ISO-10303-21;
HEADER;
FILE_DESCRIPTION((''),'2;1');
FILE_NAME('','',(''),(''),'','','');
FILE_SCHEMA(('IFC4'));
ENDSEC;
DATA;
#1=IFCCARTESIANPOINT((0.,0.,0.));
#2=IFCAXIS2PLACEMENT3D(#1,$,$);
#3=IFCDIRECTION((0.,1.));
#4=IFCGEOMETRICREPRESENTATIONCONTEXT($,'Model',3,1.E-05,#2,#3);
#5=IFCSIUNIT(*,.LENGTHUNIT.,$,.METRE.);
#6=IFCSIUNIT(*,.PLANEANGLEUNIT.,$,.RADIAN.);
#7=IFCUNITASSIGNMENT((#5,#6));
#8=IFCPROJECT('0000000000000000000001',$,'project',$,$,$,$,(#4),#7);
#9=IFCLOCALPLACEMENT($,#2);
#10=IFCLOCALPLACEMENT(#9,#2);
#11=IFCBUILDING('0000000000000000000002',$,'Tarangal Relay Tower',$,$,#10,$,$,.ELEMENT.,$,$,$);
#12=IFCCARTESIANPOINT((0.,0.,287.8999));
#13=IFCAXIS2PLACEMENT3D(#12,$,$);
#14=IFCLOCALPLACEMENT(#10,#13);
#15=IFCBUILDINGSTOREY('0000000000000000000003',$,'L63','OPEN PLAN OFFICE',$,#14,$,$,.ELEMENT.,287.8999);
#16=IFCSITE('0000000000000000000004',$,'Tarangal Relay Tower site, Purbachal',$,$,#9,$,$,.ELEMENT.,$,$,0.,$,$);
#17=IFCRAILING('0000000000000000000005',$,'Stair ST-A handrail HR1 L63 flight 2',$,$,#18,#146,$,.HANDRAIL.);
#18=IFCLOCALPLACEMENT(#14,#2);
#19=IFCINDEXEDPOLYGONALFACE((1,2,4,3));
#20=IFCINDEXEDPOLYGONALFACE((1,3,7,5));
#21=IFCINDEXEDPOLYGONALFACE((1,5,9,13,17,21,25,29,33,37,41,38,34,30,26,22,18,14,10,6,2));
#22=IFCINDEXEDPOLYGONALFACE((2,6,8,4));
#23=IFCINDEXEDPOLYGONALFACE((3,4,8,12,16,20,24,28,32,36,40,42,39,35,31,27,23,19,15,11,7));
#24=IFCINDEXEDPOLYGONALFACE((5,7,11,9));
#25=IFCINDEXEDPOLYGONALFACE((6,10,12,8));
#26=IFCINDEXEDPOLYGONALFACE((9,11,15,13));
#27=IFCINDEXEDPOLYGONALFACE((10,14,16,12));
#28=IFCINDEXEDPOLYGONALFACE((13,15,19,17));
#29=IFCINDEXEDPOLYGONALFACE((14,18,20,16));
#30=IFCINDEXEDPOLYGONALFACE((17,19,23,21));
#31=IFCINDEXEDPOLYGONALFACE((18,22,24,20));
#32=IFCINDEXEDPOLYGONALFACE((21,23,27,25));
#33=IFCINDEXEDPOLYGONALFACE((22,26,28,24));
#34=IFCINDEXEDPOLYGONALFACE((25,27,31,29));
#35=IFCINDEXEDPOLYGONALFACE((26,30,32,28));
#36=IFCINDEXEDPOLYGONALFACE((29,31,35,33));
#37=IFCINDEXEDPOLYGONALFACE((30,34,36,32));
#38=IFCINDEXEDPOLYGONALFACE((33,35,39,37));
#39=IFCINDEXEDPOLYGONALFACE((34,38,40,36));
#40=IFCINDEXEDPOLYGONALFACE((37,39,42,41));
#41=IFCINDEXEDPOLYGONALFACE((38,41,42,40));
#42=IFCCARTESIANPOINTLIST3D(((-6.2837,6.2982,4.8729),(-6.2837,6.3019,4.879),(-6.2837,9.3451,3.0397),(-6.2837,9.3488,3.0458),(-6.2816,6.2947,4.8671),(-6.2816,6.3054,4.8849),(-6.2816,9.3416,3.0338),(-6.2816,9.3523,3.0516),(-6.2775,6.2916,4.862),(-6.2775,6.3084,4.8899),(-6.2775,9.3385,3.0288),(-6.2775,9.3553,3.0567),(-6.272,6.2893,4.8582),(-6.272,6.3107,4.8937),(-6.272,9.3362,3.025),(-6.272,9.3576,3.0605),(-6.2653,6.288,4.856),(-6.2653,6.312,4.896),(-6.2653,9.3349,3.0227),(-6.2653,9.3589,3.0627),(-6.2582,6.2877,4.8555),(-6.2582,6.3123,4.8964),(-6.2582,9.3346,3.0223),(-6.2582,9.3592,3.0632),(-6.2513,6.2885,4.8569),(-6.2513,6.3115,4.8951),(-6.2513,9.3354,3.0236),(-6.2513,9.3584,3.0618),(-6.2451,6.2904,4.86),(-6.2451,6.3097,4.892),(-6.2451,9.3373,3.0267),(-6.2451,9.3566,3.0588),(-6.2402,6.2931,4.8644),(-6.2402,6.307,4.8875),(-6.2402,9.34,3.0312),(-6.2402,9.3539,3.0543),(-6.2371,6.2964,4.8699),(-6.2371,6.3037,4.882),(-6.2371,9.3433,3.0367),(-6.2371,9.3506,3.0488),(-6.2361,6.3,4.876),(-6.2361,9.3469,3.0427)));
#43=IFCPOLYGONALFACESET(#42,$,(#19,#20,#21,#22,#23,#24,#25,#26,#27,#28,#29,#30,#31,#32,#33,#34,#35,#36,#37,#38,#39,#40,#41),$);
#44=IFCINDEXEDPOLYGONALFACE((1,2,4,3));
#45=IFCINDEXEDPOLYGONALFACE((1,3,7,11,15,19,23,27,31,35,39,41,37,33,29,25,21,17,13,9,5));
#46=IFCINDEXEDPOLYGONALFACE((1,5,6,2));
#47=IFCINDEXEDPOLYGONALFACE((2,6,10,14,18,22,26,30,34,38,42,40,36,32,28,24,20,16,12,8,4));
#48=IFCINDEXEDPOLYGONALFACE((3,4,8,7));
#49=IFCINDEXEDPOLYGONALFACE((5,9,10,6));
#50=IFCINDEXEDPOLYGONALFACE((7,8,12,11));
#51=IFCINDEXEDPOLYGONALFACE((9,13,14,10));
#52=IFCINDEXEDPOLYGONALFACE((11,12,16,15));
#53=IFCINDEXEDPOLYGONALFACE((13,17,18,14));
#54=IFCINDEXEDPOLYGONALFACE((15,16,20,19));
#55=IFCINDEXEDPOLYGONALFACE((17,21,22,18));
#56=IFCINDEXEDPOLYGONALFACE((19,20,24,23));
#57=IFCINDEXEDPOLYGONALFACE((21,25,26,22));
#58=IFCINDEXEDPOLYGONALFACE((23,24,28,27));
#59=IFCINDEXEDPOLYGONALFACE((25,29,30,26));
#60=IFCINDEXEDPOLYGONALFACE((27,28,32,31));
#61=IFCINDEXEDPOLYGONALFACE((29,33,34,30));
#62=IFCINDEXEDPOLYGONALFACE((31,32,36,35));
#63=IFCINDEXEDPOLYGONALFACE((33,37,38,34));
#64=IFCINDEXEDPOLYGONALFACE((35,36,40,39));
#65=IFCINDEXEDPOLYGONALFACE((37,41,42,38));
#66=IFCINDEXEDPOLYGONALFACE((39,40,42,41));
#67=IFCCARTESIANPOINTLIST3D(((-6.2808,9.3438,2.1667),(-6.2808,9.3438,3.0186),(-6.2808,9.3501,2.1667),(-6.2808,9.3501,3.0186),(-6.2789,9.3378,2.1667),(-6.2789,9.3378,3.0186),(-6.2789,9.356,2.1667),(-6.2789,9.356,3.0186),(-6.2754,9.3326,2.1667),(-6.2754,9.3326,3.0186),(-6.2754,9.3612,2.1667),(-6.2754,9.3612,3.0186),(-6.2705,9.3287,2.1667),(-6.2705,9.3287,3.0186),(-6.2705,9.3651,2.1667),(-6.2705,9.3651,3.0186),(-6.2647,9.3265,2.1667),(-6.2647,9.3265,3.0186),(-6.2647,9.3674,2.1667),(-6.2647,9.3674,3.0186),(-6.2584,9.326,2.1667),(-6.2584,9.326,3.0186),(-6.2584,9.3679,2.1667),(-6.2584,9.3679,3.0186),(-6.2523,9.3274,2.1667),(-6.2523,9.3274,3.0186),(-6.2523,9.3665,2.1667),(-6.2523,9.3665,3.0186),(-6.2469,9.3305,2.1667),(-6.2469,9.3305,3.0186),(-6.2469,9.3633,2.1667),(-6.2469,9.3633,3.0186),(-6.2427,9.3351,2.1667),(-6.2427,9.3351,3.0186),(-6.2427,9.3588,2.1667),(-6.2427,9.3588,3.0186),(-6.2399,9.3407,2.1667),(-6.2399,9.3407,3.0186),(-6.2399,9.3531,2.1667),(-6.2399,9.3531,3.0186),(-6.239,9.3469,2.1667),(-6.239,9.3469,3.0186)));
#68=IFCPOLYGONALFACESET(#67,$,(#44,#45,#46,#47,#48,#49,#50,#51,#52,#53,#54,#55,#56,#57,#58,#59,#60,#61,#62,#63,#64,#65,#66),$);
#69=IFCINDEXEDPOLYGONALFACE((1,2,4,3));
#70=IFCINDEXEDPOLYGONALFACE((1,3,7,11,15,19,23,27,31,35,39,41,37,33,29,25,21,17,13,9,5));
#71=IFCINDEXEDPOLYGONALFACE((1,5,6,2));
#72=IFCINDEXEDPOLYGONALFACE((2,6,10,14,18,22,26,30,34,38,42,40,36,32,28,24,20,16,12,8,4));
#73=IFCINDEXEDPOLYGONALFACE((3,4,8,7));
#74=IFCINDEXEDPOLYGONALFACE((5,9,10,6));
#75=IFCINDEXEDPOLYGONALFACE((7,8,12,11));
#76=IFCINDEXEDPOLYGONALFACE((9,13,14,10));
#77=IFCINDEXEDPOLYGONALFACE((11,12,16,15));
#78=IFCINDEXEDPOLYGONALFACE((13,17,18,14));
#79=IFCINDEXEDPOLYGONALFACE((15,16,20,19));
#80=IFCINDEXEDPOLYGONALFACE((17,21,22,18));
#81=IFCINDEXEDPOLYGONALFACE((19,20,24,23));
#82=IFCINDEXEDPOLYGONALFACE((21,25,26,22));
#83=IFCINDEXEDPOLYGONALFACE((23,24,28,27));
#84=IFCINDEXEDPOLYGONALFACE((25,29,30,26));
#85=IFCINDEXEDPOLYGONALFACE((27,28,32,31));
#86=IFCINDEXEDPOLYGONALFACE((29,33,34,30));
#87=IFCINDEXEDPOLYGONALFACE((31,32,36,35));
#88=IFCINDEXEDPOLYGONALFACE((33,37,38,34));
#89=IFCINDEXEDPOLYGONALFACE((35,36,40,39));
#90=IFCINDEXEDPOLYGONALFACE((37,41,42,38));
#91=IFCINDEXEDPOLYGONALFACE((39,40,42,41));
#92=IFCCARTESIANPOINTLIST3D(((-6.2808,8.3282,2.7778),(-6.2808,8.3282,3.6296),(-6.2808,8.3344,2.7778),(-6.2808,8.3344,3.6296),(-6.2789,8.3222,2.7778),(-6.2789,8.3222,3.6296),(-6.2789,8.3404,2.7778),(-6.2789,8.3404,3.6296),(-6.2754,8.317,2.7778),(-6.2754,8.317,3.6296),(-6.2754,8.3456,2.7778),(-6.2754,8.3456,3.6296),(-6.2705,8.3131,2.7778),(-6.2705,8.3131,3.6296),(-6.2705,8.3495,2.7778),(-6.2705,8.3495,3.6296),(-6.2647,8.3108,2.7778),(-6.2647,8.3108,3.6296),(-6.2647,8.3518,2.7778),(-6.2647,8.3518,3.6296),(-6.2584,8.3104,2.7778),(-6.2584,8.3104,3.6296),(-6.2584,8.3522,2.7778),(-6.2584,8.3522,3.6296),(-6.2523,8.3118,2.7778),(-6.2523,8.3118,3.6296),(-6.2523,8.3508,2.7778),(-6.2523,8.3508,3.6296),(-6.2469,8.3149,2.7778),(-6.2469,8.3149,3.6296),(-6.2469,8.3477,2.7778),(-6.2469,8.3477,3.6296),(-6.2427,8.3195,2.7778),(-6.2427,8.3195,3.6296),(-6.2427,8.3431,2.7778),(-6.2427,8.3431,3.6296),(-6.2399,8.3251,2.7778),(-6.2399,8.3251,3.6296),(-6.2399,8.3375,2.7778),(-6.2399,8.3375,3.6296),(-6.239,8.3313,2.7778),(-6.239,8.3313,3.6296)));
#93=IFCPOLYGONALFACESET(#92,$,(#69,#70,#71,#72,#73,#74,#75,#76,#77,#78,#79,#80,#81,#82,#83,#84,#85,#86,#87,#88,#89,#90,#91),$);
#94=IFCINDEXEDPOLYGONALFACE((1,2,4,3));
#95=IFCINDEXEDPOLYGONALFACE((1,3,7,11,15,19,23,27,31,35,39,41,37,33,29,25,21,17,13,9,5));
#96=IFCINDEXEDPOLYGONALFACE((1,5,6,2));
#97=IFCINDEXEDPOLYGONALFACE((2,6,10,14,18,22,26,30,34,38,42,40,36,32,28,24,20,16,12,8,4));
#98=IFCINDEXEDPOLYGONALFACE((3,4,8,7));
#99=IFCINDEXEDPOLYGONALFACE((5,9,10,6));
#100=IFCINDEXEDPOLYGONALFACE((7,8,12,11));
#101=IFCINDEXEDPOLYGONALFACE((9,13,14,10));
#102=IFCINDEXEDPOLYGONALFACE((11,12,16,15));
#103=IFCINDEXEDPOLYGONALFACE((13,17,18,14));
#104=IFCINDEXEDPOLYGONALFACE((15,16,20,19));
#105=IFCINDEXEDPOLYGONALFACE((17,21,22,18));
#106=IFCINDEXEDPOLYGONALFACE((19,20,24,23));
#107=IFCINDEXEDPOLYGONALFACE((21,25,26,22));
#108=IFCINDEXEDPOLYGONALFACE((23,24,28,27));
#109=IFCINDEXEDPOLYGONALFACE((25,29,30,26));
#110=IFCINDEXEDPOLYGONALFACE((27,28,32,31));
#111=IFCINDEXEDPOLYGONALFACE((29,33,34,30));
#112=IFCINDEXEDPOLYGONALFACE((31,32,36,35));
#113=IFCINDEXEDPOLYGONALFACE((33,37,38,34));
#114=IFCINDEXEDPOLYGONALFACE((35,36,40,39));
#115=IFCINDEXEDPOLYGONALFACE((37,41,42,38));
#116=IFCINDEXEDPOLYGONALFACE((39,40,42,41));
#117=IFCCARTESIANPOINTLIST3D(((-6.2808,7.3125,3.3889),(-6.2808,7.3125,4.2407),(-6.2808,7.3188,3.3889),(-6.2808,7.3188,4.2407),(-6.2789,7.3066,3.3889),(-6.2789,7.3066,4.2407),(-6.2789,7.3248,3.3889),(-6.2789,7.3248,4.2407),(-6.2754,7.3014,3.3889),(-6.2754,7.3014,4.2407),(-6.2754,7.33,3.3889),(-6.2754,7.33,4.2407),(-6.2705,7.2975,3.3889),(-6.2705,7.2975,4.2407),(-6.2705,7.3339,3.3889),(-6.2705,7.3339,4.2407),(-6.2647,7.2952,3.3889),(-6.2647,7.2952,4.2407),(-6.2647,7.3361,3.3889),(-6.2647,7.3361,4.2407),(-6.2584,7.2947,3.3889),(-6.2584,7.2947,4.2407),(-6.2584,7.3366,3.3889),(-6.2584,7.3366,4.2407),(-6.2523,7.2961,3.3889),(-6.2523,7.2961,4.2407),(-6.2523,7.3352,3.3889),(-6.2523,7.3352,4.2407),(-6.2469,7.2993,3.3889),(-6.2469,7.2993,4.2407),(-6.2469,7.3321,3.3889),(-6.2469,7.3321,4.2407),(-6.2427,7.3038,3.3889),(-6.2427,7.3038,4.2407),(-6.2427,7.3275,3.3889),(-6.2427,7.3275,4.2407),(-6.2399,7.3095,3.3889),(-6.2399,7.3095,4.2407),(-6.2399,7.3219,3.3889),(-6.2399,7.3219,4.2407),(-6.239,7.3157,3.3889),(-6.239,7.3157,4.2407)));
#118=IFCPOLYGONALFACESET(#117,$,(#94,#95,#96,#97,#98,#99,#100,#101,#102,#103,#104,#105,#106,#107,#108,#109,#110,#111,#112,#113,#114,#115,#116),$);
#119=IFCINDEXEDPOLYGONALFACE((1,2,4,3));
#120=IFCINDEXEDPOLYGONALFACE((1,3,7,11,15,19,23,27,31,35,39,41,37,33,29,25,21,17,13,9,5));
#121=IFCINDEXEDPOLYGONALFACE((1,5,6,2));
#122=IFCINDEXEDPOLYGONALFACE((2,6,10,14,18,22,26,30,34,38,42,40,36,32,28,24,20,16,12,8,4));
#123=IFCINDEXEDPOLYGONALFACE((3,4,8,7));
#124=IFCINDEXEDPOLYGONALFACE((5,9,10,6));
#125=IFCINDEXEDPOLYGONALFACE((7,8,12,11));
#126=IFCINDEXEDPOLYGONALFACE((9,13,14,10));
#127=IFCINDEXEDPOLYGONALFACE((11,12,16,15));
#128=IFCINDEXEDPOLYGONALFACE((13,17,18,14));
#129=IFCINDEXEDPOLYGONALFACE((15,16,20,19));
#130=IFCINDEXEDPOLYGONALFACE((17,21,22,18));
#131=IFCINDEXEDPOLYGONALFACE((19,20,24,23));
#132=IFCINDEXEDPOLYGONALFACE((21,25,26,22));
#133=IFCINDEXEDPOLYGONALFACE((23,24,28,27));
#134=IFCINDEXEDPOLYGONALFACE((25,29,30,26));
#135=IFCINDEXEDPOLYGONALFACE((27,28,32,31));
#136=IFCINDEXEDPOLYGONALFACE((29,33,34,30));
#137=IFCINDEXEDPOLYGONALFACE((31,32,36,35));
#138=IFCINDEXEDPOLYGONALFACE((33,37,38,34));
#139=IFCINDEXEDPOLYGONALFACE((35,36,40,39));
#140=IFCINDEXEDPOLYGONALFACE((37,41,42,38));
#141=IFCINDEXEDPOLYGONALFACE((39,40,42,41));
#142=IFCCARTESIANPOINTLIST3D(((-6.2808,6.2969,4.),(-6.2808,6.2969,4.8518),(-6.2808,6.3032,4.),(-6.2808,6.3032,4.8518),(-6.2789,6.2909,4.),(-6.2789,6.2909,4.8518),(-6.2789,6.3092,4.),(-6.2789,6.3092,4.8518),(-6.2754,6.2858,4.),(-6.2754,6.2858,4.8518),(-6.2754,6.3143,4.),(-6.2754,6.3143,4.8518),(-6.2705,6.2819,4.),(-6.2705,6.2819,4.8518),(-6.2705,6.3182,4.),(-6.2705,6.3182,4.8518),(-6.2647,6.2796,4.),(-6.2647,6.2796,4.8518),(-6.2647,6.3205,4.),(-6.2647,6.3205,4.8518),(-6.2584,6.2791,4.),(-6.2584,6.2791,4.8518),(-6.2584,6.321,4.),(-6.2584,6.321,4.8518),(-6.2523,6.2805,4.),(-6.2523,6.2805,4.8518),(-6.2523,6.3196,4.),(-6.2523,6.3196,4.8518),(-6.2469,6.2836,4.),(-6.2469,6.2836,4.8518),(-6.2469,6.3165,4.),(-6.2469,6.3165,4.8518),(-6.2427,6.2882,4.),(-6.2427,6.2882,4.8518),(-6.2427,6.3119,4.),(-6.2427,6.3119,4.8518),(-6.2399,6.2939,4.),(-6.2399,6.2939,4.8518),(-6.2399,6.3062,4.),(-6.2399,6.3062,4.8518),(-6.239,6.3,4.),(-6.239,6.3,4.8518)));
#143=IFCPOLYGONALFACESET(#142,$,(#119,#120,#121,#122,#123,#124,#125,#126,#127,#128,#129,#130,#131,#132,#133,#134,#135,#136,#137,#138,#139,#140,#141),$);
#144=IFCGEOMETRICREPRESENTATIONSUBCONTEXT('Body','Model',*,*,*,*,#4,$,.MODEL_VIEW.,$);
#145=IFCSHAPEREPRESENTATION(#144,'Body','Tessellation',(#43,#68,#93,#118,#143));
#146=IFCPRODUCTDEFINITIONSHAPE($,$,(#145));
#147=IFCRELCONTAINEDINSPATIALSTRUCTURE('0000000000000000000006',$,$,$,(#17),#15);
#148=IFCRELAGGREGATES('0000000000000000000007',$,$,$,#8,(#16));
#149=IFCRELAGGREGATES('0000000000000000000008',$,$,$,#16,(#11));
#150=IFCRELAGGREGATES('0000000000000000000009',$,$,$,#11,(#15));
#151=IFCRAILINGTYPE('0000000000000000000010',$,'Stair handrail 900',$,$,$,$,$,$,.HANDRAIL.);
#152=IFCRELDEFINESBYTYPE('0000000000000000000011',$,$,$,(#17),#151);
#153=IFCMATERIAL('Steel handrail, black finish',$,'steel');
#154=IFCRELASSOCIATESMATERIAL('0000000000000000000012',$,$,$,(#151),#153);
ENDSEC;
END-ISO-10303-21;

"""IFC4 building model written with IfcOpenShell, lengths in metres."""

from ifc_helpers import new_model, si_unit, direction, frame, origin, origin_2d, place, context, subcontext, project, spatial, circle, extrude, material, type_object, element, save


model = new_model("IFC4")

# Units and contexts
model_context = context("Model", 3, precision=1e-05, world=origin(), true_north=direction((0.0, 1.0)))
body_context = subcontext(model_context, "Body", "Model", "MODEL_VIEW")
ifc_project = project(units=[si_unit("LENGTHUNIT", "METRE"), si_unit("PLANEANGLEUNIT", "RADIAN")], contexts=[model_context])

# Site, building, storey
site_placement = place(None, origin())
site = spatial("IfcSite", under=ifc_project, at=site_placement, Name="Tarangal Relay Tower site, Purbachal", CompositionType="ELEMENT", RefElevation=0.0)
building_placement = place(site_placement, origin())
building = spatial("IfcBuilding", under=site, at=building_placement, Name="Tarangal Relay Tower", CompositionType="ELEMENT")
storey_placement = place(building_placement, frame((0.0, 0.0, 287.8999)))
storey = spatial("IfcBuildingStorey", under=building, at=storey_placement, Name="L63", Description="OPEN PLAN OFFICE", CompositionType="ELEMENT", Elevation=287.8999)

# Railing
ifc_material_1 = material(Name="Steel handrail, black finish", Category="steel")
railing_type_1 = type_object("IfcRailingType", Name="Stair handrail 900", PredefinedType="HANDRAIL", material=ifc_material_1)
railing_1_placement = place(storey_placement, frame((-6.26, 9.3469, 2.1667)))
element("IfcRailing", 1, at=railing_1_placement, inside=storey, type_object=railing_type_1, Name="Stair ST-A handrail HR1 L63 flight 2", PredefinedType="HANDRAIL", context=body_context, shape_type="SweptSolid", body=[
    extrude(circle(Radius=0.0239, at=origin_2d()), frame((0.0, 0.0, 0.876), z_axis=(0.0, -0.856856, 0.515556), x_axis=(1.0, 0.0, 0.0)), (0.0, 0.0, 1.0), 3.5559),
    extrude(circle(Radius=0.021, at=origin_2d()), origin(), (0.0, 0.0, 1.0), 0.8518),
    extrude(circle(Radius=0.021, at=origin_2d()), frame((0.0, -1.0156, 0.6111)), (0.0, 0.0, 1.0), 0.8518),
    extrude(circle(Radius=0.021, at=origin_2d()), frame((0.0, -2.0312, 1.2222)), (0.0, 0.0, 1.0), 0.8518),
    extrude(circle(Radius=0.021, at=origin_2d()), frame((0.0, -3.0469, 1.8333)), (0.0, 0.0, 1.0), 0.8518),
])

save(model, "model.ifc")
